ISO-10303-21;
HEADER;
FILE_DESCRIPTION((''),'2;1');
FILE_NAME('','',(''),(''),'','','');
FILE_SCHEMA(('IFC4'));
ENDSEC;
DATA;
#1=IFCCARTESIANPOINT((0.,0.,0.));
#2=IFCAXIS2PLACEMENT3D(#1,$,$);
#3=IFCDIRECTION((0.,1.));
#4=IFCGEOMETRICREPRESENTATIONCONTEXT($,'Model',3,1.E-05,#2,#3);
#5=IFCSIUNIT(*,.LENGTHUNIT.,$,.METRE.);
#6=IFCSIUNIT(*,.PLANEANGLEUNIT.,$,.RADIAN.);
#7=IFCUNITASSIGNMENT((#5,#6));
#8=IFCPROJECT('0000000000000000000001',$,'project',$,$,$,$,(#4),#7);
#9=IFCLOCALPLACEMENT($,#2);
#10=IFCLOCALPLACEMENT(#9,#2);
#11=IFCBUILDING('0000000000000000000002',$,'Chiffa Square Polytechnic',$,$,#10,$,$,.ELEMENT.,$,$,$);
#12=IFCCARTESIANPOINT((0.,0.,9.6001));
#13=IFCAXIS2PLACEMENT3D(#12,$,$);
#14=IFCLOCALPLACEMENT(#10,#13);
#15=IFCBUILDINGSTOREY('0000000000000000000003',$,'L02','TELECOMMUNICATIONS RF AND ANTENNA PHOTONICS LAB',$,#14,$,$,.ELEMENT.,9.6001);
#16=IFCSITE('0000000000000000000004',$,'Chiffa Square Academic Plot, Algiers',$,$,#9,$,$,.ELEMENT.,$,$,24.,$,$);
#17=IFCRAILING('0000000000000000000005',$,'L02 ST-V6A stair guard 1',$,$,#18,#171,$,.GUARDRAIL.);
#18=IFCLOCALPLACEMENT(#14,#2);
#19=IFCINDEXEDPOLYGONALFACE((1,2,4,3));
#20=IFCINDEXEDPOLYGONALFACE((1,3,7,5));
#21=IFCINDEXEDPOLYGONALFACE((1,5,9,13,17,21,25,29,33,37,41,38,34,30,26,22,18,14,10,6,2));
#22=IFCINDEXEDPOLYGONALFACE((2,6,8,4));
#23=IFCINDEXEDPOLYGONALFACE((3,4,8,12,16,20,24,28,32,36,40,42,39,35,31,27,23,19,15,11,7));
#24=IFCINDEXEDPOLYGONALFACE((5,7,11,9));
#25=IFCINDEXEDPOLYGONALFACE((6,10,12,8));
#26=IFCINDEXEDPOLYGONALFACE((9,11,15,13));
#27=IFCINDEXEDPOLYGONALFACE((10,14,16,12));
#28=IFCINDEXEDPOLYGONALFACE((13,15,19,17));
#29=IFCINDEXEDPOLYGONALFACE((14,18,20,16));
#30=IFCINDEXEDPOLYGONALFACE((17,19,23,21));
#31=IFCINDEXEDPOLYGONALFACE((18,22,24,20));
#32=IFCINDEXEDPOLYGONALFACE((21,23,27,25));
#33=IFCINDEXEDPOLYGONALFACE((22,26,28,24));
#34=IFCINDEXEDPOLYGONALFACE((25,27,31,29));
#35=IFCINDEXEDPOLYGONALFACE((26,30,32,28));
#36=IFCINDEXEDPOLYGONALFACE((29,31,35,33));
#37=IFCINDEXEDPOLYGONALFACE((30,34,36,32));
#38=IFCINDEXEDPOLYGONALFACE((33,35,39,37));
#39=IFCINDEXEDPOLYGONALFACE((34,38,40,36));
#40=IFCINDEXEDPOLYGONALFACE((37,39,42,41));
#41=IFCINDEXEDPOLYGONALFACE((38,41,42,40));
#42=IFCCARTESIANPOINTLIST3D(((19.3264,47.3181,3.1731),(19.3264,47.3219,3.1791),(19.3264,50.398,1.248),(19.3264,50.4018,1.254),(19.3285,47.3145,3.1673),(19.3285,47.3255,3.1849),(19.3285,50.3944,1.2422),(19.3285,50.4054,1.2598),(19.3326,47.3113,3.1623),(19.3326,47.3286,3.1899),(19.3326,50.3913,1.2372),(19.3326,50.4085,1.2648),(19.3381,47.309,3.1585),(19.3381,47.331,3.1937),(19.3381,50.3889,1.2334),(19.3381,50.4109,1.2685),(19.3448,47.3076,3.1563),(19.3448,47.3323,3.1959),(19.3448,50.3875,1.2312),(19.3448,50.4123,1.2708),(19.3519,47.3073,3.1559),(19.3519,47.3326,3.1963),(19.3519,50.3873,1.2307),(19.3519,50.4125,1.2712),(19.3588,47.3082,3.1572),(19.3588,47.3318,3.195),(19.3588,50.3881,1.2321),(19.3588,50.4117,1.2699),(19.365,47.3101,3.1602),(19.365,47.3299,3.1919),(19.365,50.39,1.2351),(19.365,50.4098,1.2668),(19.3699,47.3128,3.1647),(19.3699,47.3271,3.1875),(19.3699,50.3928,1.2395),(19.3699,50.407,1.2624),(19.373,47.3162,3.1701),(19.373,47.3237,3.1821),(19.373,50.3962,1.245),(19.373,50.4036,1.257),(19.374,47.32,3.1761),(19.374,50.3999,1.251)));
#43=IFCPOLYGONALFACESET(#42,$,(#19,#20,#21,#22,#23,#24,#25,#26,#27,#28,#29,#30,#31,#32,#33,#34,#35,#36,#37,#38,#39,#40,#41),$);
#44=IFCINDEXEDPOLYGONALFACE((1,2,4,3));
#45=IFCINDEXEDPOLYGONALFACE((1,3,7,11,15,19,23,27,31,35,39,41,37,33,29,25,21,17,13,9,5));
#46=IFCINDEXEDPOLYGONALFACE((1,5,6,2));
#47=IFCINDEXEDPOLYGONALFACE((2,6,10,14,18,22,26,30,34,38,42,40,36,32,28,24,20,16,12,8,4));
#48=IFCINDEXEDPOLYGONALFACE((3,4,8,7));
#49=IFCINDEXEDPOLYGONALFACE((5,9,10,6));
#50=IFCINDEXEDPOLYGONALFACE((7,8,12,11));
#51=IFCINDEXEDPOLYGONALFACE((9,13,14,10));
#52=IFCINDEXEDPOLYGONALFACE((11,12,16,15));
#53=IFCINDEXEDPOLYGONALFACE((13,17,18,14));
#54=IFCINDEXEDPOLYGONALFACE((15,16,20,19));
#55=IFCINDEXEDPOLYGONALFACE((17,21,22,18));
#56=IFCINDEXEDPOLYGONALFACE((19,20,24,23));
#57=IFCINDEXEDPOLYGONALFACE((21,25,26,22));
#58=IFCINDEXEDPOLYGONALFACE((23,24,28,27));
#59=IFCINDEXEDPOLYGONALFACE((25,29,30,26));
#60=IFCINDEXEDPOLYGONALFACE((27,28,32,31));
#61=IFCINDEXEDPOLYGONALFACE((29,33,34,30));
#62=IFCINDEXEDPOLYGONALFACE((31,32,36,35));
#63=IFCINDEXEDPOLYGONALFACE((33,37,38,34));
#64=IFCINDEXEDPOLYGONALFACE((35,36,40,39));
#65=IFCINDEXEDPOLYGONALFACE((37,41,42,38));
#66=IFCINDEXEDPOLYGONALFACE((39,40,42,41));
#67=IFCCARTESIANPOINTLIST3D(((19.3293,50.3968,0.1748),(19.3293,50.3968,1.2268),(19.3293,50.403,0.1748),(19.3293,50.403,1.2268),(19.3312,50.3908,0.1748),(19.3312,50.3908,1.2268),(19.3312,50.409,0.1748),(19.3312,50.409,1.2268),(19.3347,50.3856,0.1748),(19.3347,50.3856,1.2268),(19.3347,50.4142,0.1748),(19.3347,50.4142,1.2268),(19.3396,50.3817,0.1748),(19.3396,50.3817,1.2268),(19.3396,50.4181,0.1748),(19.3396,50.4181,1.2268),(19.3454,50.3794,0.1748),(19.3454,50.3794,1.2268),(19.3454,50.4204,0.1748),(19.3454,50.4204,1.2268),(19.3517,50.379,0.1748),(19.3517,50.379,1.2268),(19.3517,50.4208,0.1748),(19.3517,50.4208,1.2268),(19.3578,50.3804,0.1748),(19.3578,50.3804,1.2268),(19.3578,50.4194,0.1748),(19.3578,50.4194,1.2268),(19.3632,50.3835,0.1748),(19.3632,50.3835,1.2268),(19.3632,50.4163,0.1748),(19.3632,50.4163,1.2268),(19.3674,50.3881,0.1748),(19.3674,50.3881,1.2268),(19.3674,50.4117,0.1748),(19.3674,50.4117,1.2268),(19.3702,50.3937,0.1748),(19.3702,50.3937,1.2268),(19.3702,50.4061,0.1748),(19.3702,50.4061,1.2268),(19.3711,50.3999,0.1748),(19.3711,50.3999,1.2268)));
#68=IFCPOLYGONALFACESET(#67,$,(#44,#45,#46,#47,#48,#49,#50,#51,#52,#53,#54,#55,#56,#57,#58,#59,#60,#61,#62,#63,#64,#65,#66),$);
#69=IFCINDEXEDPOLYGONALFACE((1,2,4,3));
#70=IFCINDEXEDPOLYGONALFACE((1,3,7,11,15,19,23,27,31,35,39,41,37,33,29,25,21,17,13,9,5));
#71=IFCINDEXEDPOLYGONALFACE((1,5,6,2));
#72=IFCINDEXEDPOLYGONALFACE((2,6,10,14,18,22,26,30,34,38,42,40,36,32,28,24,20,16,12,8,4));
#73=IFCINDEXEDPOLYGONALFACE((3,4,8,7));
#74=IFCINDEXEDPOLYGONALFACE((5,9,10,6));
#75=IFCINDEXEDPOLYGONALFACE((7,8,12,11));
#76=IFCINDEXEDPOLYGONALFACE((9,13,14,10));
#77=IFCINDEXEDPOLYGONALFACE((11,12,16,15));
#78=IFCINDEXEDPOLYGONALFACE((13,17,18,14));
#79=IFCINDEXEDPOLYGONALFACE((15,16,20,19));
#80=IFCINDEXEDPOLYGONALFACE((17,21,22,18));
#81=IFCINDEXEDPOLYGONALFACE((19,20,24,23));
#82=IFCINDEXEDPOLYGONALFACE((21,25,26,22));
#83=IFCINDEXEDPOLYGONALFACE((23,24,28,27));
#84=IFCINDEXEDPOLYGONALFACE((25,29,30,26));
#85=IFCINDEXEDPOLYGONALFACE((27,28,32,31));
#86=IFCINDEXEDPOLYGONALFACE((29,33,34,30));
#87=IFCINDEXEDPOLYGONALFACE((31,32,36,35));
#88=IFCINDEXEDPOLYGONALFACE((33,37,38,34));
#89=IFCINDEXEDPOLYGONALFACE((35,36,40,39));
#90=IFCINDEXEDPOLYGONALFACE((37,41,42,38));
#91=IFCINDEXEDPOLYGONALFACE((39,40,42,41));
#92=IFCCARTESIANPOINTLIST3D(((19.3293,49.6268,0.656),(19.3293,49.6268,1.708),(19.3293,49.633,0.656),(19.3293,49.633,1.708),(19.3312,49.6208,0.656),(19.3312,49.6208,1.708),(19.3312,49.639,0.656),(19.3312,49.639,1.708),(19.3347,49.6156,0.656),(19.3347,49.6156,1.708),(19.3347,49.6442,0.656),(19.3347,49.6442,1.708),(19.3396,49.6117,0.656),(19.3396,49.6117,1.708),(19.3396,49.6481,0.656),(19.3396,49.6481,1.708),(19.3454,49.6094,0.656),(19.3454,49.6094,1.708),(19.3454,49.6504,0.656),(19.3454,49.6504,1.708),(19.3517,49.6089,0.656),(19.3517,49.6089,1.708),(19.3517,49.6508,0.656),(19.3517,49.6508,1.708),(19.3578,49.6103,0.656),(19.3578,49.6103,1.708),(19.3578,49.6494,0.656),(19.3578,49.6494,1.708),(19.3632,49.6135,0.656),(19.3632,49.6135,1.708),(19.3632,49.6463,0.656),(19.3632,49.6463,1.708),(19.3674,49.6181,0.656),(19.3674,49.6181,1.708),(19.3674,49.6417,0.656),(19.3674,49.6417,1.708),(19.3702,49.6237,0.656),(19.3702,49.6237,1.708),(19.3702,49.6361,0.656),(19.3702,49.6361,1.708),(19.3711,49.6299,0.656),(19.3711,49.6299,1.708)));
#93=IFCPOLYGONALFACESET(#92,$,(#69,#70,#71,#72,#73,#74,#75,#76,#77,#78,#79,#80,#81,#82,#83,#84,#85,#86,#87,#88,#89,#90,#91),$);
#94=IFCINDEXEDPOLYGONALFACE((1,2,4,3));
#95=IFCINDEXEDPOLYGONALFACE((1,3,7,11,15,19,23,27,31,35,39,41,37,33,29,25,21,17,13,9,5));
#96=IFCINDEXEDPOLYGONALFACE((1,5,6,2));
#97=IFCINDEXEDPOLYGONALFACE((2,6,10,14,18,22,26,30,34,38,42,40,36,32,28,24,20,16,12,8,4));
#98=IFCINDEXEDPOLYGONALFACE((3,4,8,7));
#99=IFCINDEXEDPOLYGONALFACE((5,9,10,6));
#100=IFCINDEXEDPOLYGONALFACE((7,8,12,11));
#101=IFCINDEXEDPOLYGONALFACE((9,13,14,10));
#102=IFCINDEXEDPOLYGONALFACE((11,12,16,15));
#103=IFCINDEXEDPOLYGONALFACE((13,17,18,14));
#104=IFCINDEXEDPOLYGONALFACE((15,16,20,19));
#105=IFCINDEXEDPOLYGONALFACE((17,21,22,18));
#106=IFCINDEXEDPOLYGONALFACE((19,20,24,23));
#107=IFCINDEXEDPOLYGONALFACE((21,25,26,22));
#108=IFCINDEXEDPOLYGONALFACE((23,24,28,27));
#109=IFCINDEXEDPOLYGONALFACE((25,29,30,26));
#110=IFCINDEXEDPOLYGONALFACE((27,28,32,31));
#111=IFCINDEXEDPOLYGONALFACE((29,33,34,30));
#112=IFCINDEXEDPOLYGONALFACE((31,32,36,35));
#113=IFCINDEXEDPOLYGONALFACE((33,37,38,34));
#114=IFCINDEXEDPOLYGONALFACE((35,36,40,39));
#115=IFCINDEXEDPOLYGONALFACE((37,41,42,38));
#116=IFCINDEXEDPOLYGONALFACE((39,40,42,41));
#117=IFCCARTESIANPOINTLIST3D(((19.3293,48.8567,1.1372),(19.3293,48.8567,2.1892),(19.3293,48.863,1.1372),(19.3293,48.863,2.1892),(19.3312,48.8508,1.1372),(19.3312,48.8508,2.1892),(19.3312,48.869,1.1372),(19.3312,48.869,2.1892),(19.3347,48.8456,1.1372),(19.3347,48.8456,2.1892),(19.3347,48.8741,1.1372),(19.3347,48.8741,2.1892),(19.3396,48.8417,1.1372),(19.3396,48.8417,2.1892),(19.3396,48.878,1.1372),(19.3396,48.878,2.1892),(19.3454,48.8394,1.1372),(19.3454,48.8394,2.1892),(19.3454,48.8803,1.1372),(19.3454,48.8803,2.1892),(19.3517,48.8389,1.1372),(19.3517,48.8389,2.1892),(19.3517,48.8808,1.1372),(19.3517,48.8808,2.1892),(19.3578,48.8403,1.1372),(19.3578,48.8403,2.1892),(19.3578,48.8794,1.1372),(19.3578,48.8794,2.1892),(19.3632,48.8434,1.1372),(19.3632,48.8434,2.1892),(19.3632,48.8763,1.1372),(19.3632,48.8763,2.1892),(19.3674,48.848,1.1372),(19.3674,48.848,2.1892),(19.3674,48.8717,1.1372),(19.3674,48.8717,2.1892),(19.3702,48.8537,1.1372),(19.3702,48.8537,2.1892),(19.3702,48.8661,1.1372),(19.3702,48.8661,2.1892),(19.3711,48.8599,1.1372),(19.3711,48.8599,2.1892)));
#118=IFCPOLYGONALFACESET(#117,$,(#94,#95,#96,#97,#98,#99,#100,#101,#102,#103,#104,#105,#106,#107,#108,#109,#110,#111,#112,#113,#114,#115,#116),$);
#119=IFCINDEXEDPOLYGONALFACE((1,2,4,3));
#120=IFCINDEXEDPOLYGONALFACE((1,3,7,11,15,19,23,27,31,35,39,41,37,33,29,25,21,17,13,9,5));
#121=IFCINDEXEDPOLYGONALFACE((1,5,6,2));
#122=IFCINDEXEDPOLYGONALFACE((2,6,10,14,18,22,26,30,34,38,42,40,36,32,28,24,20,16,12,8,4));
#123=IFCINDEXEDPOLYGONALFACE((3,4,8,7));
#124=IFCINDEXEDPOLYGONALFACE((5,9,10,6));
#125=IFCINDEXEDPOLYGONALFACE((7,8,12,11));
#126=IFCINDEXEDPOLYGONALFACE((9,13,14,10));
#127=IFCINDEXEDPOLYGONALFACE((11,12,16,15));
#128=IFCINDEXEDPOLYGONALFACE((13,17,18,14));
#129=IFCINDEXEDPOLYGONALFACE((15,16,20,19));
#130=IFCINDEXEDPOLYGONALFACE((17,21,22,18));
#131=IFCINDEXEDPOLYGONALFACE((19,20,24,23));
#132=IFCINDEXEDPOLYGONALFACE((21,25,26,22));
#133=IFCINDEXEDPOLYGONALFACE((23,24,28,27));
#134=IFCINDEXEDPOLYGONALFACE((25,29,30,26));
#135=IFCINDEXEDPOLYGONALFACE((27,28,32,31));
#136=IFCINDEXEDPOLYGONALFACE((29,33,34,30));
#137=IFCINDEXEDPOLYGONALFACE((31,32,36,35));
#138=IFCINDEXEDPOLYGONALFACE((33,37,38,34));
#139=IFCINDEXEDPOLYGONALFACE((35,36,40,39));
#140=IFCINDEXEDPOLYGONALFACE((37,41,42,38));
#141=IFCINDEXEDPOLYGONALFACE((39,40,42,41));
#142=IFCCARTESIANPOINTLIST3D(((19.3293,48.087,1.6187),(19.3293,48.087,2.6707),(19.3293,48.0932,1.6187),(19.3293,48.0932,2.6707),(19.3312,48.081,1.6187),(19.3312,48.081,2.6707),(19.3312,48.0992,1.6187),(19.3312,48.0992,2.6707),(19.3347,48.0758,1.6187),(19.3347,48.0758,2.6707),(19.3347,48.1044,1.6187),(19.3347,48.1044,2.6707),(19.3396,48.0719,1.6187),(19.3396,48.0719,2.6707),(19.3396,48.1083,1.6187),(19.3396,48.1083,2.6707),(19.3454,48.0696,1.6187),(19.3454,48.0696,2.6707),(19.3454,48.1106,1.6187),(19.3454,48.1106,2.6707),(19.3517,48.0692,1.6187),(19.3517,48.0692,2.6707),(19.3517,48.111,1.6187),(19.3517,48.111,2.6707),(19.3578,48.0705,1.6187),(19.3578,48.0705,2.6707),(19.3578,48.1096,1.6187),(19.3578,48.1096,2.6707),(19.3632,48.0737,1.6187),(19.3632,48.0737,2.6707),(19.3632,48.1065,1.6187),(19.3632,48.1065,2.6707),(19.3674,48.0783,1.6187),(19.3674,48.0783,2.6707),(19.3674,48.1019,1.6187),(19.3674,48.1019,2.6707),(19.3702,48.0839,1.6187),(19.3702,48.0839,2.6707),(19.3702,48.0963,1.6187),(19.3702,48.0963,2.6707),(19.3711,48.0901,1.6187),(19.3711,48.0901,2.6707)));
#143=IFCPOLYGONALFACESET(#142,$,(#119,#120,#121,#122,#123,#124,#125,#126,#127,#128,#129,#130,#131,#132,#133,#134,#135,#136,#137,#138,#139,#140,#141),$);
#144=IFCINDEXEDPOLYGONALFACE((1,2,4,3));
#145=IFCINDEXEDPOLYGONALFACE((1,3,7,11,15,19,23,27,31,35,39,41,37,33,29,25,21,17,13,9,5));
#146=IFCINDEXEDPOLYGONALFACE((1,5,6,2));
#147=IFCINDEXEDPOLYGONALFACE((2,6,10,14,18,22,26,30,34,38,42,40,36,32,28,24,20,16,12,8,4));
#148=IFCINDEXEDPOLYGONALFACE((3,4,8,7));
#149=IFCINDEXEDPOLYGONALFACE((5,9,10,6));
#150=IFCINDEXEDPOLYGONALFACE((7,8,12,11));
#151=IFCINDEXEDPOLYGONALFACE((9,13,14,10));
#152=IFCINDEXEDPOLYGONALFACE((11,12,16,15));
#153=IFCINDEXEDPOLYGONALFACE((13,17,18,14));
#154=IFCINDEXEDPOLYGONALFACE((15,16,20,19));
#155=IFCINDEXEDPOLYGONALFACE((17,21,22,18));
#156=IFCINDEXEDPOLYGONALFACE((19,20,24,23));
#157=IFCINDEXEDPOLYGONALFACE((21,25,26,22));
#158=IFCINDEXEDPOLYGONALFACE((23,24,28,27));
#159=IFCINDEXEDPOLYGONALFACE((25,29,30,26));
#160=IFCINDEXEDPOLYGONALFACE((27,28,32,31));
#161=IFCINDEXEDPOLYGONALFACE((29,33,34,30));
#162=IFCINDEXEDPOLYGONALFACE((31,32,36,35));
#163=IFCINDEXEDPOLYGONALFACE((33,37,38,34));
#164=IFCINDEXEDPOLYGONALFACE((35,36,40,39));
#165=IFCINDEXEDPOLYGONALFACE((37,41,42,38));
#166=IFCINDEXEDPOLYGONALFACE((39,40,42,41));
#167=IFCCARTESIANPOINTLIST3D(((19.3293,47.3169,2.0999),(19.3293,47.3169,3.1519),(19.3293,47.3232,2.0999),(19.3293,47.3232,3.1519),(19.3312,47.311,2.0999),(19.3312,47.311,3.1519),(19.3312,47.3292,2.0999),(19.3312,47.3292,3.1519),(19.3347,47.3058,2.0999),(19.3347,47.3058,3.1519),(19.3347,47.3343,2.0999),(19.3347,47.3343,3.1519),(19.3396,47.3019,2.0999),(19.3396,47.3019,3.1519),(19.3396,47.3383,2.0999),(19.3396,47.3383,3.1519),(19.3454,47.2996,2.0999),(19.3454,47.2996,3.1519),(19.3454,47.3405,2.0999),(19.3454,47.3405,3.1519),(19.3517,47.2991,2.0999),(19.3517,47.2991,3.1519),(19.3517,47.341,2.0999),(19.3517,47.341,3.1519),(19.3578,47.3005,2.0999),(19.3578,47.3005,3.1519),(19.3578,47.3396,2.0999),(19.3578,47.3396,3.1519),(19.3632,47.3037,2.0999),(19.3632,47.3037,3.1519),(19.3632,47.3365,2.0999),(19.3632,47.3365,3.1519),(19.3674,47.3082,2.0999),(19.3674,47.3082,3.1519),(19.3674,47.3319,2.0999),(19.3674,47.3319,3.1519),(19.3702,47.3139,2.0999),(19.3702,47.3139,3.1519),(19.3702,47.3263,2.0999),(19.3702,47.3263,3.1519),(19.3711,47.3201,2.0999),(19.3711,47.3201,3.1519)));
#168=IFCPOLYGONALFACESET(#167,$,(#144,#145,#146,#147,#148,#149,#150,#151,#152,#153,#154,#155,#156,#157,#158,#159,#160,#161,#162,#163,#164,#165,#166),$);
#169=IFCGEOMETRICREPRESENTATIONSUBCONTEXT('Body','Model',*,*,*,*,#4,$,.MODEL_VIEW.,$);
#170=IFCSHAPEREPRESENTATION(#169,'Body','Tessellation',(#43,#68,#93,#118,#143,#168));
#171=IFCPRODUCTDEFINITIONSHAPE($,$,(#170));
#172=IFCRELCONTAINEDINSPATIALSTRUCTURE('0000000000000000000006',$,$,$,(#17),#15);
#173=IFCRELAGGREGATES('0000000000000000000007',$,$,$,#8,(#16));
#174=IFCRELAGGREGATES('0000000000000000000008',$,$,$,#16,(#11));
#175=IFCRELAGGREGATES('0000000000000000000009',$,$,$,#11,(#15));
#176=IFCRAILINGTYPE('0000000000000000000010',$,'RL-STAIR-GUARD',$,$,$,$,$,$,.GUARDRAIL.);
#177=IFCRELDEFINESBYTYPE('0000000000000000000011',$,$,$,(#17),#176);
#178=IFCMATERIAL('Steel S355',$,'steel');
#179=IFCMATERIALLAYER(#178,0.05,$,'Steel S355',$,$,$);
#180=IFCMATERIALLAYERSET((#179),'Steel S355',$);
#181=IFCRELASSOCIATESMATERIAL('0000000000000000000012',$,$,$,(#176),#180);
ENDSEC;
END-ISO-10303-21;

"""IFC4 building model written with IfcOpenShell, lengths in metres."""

from ifc_helpers import new_model, si_unit, direction, frame, origin, origin_2d, place, context, subcontext, project, spatial, circle, extrude, material, layer, layer_set, type_object, element, save


model = new_model("IFC4")

# Units and contexts
model_context = context("Model", 3, precision=1e-05, world=origin(), true_north=direction((0.0, 1.0)))
body_context = subcontext(model_context, "Body", "Model", "MODEL_VIEW")
ifc_project = project(units=[si_unit("LENGTHUNIT", "METRE"), si_unit("PLANEANGLEUNIT", "RADIAN")], contexts=[model_context])

# Site, building, storey
site_placement = place(None, origin())
site = spatial("IfcSite", under=ifc_project, at=site_placement, Name="Chiffa Square Academic Plot, Algiers", CompositionType="ELEMENT", RefElevation=24.0)
building_placement = place(site_placement, origin())
building = spatial("IfcBuilding", under=site, at=building_placement, Name="Chiffa Square Polytechnic", CompositionType="ELEMENT")
storey_placement = place(building_placement, frame((0.0, 0.0, 9.6001)))
storey = spatial("IfcBuildingStorey", under=building, at=storey_placement, Name="L02", Description="TELECOMMUNICATIONS RF AND ANTENNA PHOTONICS LAB", CompositionType="ELEMENT", Elevation=9.6001)

# Railing
ifc_material_1 = material(Name="Steel S355", Category="steel")
ifc_layer_1 = layer(ifc_material_1, 0.05, Name="Steel S355")
ifc_layer_set_1 = layer_set([ifc_layer_1], Name="Steel S355")
railing_type_1 = type_object("IfcRailingType", Name="RL-STAIR-GUARD", PredefinedType="GUARDRAIL", material=ifc_layer_set_1)
railing_1_placement = place(storey_placement, frame((19.3501, 50.3999, 0.1748)))
element("IfcRailing", 1, at=railing_1_placement, inside=storey, type_object=railing_type_1, Name="L02 ST-V6A stair guard 1", PredefinedType="GUARDRAIL", context=body_context, shape_type="SweptSolid", body=[
    extrude(circle(Radius=0.0239, at=origin_2d()), frame((0.0, 0.0, 1.0762), z_axis=(0.0, -0.847979, 0.530029), x_axis=(1.0, 0.0, 0.0)), (0.0, 0.0, 1.0), 3.6321),
    extrude(circle(Radius=0.021, at=origin_2d()), origin(), (0.0, 0.0, 1.0), 1.052),
    extrude(circle(Radius=0.021, at=origin_2d()), frame((0.0, -0.77, 0.4812)), (0.0, 0.0, 1.0), 1.052),
    extrude(circle(Radius=0.021, at=origin_2d()), frame((0.0, -1.54, 0.9624)), (0.0, 0.0, 1.0), 1.052),
    extrude(circle(Radius=0.021, at=origin_2d()), frame((0.0, -2.3098, 1.4438)), (0.0, 0.0, 1.0), 1.052),
    extrude(circle(Radius=0.021, at=origin_2d()), frame((0.0, -3.0798, 1.925)), (0.0, 0.0, 1.0), 1.052),
])

save(model, "model.ifc")
